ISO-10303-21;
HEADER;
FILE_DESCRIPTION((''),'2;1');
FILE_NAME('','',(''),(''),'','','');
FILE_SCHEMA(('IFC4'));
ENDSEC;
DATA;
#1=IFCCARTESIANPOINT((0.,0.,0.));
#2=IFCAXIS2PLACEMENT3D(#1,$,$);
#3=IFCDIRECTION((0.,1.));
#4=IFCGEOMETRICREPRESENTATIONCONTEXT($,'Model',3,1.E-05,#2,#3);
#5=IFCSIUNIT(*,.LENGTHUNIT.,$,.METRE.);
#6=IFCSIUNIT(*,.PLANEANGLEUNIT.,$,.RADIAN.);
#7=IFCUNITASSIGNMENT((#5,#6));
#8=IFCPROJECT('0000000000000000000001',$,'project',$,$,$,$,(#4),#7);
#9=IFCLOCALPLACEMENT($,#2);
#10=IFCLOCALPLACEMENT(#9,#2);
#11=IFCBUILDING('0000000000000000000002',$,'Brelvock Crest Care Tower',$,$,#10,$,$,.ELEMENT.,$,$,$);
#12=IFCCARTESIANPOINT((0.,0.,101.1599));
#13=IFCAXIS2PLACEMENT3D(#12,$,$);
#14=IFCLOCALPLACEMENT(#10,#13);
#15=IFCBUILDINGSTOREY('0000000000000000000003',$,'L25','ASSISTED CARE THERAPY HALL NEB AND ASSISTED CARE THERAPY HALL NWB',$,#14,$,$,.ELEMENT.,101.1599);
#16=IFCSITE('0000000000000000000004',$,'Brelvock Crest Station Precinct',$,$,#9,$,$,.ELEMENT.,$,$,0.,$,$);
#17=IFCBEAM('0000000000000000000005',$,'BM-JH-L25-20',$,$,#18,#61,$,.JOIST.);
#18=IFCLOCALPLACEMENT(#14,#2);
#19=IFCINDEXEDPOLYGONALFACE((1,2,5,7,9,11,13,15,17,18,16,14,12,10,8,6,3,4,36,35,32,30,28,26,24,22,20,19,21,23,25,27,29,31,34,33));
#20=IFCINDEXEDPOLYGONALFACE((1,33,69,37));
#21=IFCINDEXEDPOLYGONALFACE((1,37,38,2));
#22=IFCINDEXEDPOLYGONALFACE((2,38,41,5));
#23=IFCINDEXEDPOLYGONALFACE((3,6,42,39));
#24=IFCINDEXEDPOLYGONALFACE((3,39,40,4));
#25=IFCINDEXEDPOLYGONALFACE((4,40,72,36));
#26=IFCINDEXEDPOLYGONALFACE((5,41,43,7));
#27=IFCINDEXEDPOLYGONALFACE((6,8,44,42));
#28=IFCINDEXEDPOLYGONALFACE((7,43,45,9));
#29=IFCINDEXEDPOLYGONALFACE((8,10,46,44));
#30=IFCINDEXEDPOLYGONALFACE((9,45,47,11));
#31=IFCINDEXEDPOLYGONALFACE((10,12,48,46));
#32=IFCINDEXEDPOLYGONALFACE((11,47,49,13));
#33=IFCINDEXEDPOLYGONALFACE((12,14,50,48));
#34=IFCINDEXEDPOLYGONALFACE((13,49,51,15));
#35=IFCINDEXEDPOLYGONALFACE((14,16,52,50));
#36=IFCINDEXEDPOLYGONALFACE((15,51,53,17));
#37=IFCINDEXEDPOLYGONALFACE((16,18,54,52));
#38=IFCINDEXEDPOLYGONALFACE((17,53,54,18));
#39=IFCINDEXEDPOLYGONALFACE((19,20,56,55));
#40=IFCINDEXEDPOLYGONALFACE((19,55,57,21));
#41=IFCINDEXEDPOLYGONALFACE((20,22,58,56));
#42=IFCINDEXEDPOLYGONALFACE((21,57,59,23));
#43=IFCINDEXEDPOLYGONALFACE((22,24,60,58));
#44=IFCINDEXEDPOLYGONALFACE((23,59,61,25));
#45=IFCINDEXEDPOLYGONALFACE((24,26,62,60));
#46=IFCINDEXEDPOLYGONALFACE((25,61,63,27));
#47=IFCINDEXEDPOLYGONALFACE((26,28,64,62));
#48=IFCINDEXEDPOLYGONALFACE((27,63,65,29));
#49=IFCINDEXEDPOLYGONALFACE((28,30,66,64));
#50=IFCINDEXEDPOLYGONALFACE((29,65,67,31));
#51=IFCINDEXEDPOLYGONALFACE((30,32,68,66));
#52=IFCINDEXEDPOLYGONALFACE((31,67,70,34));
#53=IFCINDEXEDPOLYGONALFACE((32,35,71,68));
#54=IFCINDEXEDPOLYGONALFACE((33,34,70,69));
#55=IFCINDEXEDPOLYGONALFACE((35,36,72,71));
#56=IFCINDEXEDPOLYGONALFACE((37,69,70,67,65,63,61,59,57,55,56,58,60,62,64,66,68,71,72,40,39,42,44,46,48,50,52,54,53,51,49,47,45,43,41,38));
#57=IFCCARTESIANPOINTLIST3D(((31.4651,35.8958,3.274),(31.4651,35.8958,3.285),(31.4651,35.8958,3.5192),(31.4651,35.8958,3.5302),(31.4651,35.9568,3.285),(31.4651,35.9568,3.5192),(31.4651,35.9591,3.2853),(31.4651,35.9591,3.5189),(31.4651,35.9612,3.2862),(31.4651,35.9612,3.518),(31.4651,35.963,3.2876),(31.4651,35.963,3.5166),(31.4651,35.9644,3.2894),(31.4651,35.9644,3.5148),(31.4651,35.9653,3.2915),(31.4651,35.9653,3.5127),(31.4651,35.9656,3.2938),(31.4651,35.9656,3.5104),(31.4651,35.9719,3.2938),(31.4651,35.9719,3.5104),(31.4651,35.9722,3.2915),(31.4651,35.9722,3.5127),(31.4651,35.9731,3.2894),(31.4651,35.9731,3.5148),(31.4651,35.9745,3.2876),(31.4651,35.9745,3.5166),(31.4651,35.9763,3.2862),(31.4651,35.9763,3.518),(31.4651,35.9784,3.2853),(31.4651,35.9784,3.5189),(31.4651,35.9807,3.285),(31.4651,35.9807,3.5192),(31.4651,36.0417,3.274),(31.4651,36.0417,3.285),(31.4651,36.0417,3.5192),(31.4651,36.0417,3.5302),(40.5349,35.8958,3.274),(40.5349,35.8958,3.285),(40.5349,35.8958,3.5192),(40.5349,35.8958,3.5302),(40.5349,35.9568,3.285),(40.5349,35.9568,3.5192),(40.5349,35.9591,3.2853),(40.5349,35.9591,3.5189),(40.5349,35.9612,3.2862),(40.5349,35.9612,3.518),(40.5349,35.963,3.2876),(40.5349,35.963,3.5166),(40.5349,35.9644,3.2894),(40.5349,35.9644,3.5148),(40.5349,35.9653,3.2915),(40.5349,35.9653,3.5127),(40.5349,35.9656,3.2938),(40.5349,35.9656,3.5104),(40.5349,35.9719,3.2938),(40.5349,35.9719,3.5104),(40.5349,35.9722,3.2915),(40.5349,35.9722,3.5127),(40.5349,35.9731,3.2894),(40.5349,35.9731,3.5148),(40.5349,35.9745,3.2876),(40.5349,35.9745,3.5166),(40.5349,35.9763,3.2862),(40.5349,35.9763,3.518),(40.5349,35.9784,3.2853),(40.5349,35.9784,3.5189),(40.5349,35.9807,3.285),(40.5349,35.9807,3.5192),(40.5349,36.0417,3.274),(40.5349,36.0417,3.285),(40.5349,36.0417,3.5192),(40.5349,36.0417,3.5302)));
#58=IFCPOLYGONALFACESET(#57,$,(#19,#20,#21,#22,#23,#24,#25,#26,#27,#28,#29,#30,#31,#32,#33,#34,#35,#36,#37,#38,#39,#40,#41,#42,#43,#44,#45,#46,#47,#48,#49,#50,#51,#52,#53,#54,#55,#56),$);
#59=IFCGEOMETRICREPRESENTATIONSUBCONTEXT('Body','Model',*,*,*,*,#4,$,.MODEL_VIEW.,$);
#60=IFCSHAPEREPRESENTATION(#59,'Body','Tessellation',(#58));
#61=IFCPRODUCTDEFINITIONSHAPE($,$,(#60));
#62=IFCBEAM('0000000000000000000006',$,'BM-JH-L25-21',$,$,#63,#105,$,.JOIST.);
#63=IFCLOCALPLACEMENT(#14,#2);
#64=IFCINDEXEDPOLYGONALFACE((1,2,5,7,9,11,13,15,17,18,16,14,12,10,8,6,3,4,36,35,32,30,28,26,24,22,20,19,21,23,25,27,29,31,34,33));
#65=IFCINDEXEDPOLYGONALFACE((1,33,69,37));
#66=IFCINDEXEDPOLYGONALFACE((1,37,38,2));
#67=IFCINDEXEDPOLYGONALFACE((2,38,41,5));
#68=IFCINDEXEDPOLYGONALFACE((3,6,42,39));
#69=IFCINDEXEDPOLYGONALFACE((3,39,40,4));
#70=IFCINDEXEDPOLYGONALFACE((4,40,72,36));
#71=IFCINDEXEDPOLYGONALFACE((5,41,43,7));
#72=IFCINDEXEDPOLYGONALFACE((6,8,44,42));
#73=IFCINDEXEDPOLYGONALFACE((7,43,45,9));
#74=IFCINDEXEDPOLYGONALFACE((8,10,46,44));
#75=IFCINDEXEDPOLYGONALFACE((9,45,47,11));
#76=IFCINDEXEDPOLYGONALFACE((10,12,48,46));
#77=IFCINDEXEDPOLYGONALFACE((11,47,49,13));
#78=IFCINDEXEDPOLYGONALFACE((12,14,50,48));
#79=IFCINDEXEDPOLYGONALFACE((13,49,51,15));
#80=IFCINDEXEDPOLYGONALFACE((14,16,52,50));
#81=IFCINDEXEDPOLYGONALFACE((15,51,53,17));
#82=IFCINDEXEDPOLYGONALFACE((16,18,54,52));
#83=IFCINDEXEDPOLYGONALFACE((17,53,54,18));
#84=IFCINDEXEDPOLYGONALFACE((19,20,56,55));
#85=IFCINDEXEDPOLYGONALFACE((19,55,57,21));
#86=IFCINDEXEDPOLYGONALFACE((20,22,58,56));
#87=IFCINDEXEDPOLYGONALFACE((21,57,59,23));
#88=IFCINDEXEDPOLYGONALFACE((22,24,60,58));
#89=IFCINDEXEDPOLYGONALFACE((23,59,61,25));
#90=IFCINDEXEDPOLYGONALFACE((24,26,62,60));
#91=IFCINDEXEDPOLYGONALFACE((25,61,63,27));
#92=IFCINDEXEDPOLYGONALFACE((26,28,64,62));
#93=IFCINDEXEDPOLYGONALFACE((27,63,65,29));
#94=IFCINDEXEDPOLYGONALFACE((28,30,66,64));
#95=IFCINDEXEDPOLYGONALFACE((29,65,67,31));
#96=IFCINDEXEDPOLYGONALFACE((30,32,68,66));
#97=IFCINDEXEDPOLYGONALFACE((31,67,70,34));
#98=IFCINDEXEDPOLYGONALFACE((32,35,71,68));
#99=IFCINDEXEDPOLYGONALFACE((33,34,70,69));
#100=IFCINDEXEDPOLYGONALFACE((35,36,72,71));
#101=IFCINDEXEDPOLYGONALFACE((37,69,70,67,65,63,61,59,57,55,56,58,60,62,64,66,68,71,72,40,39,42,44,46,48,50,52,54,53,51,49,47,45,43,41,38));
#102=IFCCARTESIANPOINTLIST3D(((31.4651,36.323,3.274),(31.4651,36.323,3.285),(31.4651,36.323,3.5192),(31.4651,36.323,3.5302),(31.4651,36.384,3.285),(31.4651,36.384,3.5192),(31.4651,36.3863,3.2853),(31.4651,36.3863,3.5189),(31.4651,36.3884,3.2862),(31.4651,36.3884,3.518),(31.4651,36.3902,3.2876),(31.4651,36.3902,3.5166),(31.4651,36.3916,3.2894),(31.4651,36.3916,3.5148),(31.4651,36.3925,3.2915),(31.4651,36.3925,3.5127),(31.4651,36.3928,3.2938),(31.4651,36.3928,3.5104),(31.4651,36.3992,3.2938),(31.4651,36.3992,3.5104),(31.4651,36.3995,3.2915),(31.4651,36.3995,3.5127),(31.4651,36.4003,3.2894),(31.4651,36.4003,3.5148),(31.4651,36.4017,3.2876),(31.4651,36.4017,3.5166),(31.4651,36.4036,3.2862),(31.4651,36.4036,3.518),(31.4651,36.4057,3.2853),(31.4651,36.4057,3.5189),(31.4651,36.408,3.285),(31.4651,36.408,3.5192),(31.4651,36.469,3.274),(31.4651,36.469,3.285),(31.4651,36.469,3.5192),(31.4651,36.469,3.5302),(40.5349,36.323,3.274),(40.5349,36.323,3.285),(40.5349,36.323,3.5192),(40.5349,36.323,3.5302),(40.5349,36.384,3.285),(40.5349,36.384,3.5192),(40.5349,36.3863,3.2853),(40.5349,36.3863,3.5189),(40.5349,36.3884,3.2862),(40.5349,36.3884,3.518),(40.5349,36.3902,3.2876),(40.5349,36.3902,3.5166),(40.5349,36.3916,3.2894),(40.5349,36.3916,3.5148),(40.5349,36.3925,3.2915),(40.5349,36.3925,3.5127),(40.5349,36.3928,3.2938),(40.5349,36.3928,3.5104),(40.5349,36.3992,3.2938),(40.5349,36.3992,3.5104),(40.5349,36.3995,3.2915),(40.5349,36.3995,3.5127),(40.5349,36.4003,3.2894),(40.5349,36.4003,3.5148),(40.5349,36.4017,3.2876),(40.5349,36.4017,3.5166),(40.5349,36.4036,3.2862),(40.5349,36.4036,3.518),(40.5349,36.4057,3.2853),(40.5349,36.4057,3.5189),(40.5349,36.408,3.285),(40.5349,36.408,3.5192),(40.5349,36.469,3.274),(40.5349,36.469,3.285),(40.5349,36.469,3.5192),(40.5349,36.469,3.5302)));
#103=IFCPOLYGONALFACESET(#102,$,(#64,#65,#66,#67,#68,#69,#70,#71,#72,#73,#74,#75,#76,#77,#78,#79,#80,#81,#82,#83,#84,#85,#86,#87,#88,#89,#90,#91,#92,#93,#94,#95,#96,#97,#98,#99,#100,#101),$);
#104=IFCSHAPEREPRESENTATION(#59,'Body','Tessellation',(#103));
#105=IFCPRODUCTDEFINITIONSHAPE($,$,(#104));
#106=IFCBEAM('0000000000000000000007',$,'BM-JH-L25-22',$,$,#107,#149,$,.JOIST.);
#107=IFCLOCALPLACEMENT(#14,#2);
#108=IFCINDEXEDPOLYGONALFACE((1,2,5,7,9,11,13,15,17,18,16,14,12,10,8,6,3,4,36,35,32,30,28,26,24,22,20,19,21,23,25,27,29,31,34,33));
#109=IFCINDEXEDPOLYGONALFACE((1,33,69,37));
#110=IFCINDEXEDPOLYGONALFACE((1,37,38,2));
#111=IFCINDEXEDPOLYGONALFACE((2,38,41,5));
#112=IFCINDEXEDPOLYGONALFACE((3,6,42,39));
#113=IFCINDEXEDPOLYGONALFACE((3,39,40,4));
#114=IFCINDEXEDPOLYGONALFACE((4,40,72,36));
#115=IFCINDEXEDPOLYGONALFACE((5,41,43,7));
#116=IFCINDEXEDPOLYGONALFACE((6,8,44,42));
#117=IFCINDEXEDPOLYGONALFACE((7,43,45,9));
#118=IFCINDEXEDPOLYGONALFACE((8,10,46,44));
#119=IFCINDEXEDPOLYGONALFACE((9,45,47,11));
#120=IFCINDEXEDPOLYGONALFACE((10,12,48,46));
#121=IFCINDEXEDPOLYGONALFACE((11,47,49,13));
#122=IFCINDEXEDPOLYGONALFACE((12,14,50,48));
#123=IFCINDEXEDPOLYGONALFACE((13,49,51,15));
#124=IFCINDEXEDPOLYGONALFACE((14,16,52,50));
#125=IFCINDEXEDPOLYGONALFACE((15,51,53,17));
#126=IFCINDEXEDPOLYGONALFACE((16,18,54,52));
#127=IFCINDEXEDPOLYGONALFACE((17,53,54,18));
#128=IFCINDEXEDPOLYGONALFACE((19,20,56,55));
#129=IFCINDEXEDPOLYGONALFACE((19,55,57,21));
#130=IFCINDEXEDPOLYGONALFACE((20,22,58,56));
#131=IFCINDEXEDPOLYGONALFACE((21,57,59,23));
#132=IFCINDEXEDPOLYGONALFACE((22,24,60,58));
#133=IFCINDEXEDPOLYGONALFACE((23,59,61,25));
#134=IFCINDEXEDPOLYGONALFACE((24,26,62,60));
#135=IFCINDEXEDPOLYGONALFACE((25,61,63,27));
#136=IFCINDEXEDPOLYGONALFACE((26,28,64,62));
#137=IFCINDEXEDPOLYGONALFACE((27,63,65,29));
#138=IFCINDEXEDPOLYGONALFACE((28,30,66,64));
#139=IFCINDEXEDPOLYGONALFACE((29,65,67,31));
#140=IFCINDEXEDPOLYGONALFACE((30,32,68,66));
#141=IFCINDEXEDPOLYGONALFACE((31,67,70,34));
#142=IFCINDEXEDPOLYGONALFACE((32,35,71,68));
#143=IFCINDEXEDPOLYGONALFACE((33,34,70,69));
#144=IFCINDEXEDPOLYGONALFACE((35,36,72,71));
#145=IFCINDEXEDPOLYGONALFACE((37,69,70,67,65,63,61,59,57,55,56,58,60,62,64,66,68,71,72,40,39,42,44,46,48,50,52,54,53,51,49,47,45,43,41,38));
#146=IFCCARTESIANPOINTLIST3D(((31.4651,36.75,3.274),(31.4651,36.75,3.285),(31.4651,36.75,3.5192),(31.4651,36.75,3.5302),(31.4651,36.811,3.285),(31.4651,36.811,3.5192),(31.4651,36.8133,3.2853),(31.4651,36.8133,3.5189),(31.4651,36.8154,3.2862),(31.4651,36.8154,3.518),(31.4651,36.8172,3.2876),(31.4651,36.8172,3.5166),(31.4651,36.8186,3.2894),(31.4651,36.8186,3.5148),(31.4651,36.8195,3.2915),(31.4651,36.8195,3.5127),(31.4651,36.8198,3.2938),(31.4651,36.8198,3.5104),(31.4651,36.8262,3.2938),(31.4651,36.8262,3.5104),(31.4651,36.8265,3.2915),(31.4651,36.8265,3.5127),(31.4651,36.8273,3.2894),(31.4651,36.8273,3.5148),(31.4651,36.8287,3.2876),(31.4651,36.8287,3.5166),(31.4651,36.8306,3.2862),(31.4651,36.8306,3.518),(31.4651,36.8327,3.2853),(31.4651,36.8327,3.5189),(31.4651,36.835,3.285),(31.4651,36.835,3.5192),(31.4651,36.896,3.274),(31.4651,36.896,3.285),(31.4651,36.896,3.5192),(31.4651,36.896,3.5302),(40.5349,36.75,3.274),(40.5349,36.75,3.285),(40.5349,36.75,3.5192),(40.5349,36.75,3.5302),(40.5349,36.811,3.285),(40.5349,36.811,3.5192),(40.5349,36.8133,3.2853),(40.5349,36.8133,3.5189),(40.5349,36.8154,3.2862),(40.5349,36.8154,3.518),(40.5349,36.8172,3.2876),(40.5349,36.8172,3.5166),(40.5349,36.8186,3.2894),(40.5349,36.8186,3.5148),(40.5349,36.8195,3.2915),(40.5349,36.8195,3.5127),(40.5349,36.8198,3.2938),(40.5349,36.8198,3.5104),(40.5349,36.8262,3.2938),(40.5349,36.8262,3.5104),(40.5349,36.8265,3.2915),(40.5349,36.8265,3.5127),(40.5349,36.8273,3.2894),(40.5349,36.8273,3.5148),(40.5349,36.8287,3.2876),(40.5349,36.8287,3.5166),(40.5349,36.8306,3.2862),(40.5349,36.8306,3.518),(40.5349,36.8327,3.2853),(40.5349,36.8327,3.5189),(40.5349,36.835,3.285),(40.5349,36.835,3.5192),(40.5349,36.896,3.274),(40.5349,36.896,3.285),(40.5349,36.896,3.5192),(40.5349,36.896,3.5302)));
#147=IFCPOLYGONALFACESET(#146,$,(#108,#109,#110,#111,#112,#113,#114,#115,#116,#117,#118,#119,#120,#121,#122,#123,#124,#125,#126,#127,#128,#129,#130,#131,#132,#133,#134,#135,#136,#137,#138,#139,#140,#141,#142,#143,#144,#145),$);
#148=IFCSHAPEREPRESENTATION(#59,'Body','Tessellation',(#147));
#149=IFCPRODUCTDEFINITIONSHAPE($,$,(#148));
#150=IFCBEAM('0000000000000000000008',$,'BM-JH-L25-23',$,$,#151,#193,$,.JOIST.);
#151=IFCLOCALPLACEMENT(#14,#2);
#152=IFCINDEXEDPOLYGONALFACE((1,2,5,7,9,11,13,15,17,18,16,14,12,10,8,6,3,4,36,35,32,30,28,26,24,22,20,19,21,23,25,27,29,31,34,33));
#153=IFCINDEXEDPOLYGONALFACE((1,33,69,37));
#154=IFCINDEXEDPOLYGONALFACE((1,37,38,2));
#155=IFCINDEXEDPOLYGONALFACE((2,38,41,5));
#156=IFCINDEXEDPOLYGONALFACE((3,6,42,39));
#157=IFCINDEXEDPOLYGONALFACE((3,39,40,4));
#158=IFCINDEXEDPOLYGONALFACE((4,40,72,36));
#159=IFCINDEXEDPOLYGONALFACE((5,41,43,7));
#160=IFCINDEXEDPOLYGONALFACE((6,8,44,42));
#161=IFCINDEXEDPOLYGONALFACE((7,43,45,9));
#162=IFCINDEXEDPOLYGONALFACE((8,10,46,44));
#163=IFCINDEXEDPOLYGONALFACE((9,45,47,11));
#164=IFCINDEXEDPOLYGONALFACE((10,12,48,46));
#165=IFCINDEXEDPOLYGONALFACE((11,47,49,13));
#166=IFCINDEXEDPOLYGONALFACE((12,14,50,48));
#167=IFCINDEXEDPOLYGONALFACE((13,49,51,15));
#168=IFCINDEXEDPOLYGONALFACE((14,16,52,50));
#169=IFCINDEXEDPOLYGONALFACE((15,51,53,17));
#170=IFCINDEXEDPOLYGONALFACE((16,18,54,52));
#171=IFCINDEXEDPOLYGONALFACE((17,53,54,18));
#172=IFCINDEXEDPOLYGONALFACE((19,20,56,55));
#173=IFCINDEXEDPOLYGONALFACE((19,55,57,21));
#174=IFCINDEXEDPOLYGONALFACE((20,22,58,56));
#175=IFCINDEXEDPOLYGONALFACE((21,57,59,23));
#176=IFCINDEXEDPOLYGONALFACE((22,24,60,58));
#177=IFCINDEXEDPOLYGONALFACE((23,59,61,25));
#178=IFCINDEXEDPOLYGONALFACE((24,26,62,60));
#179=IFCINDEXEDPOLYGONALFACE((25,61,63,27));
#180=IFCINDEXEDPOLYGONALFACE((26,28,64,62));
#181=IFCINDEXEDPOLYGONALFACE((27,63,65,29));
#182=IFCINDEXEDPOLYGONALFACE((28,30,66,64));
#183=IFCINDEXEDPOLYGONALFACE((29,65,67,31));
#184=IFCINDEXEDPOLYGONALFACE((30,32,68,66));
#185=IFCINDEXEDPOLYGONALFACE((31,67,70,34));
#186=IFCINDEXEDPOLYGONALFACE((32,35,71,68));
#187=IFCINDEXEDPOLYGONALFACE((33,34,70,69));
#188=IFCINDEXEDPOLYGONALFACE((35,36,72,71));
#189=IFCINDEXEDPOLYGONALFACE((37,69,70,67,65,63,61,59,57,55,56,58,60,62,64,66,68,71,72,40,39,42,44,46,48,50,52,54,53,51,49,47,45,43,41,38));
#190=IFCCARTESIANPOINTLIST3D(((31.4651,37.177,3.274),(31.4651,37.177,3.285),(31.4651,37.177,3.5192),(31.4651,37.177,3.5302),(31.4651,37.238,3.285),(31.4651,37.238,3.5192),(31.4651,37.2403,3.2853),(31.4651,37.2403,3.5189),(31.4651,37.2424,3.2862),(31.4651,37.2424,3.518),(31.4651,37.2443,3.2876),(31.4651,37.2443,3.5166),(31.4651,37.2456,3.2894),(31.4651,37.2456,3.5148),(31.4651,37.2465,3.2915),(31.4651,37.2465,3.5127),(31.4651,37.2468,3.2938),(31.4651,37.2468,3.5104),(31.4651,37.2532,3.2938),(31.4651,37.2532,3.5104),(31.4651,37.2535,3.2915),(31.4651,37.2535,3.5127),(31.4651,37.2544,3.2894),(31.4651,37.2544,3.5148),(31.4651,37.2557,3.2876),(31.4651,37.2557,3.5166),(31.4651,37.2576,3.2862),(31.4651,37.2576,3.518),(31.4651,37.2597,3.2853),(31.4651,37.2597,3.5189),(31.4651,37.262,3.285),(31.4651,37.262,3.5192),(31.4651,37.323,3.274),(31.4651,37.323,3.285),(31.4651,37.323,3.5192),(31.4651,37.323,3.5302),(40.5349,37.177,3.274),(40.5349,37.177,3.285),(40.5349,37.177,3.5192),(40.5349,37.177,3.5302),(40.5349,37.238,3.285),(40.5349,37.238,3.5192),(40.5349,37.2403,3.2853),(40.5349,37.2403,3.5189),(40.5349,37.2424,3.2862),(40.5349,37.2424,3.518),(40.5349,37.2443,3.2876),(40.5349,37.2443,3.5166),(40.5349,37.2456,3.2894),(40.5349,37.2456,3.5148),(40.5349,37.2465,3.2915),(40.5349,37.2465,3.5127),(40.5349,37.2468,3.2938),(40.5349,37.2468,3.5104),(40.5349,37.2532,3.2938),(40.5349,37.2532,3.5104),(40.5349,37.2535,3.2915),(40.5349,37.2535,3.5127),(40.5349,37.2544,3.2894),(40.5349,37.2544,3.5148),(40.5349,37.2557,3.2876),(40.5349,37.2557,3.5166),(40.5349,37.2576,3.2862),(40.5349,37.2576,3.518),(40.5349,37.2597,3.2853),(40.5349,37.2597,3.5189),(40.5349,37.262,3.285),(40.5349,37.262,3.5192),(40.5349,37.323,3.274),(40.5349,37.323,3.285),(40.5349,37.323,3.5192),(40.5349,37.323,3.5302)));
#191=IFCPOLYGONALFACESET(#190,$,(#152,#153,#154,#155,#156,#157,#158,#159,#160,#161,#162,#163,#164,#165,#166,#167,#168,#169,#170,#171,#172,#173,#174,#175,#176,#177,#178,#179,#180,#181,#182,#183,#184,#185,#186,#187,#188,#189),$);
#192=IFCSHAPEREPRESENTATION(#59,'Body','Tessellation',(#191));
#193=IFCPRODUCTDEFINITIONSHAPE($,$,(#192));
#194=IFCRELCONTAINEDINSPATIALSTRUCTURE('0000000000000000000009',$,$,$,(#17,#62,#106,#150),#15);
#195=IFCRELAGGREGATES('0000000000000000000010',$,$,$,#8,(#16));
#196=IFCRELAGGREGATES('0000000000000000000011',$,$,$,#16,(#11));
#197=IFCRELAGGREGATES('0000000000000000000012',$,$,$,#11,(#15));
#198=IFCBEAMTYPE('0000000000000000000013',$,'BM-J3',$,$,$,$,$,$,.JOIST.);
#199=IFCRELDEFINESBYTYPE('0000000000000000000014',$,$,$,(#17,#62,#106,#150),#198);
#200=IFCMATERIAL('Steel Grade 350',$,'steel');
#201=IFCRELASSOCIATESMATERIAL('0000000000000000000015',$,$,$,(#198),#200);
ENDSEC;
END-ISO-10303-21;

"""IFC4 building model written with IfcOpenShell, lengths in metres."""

from ifc_helpers import new_model, si_unit, direction, frame, origin, origin_2d, place, context, subcontext, project, spatial, i_section, extrude, source, transform, mapped, material, material_profile, profile_set, type_object, element, save


model = new_model("IFC4")

# Units and contexts
model_context = context("Model", 3, precision=1e-05, world=origin(), true_north=direction((0.0, 1.0)))
body_context = subcontext(model_context, "Body", "Model", "MODEL_VIEW")
ifc_project = project(units=[si_unit("LENGTHUNIT", "METRE"), si_unit("PLANEANGLEUNIT", "RADIAN")], contexts=[model_context])

# Site, building, storey
site_placement = place(None, origin())
site = spatial("IfcSite", under=ifc_project, at=site_placement, Name="Brelvock Crest Station Precinct", CompositionType="ELEMENT", RefElevation=0.0)
building_placement = place(site_placement, origin())
building = spatial("IfcBuilding", under=site, at=building_placement, Name="Brelvock Crest Care Tower", CompositionType="ELEMENT")
storey_placement = place(building_placement, frame((0.0, 0.0, 101.1599)))
storey = spatial("IfcBuildingStorey", under=building, at=storey_placement, Name="L25", Description="ASSISTED CARE THERAPY HALL NEB AND ASSISTED CARE THERAPY HALL NWB", CompositionType="ELEMENT", Elevation=101.1599)

# Beams
ifc_material_1 = material(Name="Steel Grade 350", Category="steel")
ifc_material_profile_1 = material_profile(ifc_material_1, i_section(OverallWidth=0.146, OverallDepth=0.2561, WebThickness=0.0063, FlangeThickness=0.011, FilletRadius=0.0088, at=origin_2d()), Name="250UB37.3")
ifc_profile_set_1 = profile_set([ifc_material_profile_1], Name="Steel Grade 350")
beam_type_1 = type_object("IfcBeamType", Name="BM-J3", PredefinedType="JOIST", material=ifc_profile_set_1)
shared_shape_1 = source(origin(), body_context, "Body", "SweptSolid", [
    extrude(i_section(OverallWidth=0.146, OverallDepth=0.2561, WebThickness=0.0063, FlangeThickness=0.011, FilletRadius=0.0088, at=origin_2d()), origin(), (0.0, 0.0, 1.0), 9.0698),
])
for number, where, z_axis, x_axis, name in (
    (1, (31.4651, 35.9688, 3.4021), (1.0, 0.0, 0.0), (0.0, 1.0, 0.0), "BM-JH-L25-20"),
    (2, (31.4651, 36.396, 3.4021), (1.0, 0.0, 0.0), (0.0, 1.0, 0.0), "BM-JH-L25-21"),
    (3, (31.4651, 36.823, 3.4021), (1.0, 0.0, 0.0), (0.0, 1.0, 0.0), "BM-JH-L25-22"),
    (4, (31.4651, 37.25, 3.4021), (1.0, 0.0, 0.0), (0.0, 1.0, 0.0), "BM-JH-L25-23"),
):
    element("IfcBeam", number, at=place(storey_placement, frame(where, z_axis=z_axis, x_axis=x_axis)), inside=storey, type_object=beam_type_1, Name=name, PredefinedType="JOIST", context=body_context, shape_type="MappedRepresentation", body=[
        mapped(shared_shape_1, transform((0.0, 0.0, 0.0), x_axis=(1.0, 0.0, 0.0), y_axis=(0.0, 1.0, 0.0), z_axis=(0.0, 0.0, 1.0), scale=1.0)),
    ])

save(model, "model.ifc")
